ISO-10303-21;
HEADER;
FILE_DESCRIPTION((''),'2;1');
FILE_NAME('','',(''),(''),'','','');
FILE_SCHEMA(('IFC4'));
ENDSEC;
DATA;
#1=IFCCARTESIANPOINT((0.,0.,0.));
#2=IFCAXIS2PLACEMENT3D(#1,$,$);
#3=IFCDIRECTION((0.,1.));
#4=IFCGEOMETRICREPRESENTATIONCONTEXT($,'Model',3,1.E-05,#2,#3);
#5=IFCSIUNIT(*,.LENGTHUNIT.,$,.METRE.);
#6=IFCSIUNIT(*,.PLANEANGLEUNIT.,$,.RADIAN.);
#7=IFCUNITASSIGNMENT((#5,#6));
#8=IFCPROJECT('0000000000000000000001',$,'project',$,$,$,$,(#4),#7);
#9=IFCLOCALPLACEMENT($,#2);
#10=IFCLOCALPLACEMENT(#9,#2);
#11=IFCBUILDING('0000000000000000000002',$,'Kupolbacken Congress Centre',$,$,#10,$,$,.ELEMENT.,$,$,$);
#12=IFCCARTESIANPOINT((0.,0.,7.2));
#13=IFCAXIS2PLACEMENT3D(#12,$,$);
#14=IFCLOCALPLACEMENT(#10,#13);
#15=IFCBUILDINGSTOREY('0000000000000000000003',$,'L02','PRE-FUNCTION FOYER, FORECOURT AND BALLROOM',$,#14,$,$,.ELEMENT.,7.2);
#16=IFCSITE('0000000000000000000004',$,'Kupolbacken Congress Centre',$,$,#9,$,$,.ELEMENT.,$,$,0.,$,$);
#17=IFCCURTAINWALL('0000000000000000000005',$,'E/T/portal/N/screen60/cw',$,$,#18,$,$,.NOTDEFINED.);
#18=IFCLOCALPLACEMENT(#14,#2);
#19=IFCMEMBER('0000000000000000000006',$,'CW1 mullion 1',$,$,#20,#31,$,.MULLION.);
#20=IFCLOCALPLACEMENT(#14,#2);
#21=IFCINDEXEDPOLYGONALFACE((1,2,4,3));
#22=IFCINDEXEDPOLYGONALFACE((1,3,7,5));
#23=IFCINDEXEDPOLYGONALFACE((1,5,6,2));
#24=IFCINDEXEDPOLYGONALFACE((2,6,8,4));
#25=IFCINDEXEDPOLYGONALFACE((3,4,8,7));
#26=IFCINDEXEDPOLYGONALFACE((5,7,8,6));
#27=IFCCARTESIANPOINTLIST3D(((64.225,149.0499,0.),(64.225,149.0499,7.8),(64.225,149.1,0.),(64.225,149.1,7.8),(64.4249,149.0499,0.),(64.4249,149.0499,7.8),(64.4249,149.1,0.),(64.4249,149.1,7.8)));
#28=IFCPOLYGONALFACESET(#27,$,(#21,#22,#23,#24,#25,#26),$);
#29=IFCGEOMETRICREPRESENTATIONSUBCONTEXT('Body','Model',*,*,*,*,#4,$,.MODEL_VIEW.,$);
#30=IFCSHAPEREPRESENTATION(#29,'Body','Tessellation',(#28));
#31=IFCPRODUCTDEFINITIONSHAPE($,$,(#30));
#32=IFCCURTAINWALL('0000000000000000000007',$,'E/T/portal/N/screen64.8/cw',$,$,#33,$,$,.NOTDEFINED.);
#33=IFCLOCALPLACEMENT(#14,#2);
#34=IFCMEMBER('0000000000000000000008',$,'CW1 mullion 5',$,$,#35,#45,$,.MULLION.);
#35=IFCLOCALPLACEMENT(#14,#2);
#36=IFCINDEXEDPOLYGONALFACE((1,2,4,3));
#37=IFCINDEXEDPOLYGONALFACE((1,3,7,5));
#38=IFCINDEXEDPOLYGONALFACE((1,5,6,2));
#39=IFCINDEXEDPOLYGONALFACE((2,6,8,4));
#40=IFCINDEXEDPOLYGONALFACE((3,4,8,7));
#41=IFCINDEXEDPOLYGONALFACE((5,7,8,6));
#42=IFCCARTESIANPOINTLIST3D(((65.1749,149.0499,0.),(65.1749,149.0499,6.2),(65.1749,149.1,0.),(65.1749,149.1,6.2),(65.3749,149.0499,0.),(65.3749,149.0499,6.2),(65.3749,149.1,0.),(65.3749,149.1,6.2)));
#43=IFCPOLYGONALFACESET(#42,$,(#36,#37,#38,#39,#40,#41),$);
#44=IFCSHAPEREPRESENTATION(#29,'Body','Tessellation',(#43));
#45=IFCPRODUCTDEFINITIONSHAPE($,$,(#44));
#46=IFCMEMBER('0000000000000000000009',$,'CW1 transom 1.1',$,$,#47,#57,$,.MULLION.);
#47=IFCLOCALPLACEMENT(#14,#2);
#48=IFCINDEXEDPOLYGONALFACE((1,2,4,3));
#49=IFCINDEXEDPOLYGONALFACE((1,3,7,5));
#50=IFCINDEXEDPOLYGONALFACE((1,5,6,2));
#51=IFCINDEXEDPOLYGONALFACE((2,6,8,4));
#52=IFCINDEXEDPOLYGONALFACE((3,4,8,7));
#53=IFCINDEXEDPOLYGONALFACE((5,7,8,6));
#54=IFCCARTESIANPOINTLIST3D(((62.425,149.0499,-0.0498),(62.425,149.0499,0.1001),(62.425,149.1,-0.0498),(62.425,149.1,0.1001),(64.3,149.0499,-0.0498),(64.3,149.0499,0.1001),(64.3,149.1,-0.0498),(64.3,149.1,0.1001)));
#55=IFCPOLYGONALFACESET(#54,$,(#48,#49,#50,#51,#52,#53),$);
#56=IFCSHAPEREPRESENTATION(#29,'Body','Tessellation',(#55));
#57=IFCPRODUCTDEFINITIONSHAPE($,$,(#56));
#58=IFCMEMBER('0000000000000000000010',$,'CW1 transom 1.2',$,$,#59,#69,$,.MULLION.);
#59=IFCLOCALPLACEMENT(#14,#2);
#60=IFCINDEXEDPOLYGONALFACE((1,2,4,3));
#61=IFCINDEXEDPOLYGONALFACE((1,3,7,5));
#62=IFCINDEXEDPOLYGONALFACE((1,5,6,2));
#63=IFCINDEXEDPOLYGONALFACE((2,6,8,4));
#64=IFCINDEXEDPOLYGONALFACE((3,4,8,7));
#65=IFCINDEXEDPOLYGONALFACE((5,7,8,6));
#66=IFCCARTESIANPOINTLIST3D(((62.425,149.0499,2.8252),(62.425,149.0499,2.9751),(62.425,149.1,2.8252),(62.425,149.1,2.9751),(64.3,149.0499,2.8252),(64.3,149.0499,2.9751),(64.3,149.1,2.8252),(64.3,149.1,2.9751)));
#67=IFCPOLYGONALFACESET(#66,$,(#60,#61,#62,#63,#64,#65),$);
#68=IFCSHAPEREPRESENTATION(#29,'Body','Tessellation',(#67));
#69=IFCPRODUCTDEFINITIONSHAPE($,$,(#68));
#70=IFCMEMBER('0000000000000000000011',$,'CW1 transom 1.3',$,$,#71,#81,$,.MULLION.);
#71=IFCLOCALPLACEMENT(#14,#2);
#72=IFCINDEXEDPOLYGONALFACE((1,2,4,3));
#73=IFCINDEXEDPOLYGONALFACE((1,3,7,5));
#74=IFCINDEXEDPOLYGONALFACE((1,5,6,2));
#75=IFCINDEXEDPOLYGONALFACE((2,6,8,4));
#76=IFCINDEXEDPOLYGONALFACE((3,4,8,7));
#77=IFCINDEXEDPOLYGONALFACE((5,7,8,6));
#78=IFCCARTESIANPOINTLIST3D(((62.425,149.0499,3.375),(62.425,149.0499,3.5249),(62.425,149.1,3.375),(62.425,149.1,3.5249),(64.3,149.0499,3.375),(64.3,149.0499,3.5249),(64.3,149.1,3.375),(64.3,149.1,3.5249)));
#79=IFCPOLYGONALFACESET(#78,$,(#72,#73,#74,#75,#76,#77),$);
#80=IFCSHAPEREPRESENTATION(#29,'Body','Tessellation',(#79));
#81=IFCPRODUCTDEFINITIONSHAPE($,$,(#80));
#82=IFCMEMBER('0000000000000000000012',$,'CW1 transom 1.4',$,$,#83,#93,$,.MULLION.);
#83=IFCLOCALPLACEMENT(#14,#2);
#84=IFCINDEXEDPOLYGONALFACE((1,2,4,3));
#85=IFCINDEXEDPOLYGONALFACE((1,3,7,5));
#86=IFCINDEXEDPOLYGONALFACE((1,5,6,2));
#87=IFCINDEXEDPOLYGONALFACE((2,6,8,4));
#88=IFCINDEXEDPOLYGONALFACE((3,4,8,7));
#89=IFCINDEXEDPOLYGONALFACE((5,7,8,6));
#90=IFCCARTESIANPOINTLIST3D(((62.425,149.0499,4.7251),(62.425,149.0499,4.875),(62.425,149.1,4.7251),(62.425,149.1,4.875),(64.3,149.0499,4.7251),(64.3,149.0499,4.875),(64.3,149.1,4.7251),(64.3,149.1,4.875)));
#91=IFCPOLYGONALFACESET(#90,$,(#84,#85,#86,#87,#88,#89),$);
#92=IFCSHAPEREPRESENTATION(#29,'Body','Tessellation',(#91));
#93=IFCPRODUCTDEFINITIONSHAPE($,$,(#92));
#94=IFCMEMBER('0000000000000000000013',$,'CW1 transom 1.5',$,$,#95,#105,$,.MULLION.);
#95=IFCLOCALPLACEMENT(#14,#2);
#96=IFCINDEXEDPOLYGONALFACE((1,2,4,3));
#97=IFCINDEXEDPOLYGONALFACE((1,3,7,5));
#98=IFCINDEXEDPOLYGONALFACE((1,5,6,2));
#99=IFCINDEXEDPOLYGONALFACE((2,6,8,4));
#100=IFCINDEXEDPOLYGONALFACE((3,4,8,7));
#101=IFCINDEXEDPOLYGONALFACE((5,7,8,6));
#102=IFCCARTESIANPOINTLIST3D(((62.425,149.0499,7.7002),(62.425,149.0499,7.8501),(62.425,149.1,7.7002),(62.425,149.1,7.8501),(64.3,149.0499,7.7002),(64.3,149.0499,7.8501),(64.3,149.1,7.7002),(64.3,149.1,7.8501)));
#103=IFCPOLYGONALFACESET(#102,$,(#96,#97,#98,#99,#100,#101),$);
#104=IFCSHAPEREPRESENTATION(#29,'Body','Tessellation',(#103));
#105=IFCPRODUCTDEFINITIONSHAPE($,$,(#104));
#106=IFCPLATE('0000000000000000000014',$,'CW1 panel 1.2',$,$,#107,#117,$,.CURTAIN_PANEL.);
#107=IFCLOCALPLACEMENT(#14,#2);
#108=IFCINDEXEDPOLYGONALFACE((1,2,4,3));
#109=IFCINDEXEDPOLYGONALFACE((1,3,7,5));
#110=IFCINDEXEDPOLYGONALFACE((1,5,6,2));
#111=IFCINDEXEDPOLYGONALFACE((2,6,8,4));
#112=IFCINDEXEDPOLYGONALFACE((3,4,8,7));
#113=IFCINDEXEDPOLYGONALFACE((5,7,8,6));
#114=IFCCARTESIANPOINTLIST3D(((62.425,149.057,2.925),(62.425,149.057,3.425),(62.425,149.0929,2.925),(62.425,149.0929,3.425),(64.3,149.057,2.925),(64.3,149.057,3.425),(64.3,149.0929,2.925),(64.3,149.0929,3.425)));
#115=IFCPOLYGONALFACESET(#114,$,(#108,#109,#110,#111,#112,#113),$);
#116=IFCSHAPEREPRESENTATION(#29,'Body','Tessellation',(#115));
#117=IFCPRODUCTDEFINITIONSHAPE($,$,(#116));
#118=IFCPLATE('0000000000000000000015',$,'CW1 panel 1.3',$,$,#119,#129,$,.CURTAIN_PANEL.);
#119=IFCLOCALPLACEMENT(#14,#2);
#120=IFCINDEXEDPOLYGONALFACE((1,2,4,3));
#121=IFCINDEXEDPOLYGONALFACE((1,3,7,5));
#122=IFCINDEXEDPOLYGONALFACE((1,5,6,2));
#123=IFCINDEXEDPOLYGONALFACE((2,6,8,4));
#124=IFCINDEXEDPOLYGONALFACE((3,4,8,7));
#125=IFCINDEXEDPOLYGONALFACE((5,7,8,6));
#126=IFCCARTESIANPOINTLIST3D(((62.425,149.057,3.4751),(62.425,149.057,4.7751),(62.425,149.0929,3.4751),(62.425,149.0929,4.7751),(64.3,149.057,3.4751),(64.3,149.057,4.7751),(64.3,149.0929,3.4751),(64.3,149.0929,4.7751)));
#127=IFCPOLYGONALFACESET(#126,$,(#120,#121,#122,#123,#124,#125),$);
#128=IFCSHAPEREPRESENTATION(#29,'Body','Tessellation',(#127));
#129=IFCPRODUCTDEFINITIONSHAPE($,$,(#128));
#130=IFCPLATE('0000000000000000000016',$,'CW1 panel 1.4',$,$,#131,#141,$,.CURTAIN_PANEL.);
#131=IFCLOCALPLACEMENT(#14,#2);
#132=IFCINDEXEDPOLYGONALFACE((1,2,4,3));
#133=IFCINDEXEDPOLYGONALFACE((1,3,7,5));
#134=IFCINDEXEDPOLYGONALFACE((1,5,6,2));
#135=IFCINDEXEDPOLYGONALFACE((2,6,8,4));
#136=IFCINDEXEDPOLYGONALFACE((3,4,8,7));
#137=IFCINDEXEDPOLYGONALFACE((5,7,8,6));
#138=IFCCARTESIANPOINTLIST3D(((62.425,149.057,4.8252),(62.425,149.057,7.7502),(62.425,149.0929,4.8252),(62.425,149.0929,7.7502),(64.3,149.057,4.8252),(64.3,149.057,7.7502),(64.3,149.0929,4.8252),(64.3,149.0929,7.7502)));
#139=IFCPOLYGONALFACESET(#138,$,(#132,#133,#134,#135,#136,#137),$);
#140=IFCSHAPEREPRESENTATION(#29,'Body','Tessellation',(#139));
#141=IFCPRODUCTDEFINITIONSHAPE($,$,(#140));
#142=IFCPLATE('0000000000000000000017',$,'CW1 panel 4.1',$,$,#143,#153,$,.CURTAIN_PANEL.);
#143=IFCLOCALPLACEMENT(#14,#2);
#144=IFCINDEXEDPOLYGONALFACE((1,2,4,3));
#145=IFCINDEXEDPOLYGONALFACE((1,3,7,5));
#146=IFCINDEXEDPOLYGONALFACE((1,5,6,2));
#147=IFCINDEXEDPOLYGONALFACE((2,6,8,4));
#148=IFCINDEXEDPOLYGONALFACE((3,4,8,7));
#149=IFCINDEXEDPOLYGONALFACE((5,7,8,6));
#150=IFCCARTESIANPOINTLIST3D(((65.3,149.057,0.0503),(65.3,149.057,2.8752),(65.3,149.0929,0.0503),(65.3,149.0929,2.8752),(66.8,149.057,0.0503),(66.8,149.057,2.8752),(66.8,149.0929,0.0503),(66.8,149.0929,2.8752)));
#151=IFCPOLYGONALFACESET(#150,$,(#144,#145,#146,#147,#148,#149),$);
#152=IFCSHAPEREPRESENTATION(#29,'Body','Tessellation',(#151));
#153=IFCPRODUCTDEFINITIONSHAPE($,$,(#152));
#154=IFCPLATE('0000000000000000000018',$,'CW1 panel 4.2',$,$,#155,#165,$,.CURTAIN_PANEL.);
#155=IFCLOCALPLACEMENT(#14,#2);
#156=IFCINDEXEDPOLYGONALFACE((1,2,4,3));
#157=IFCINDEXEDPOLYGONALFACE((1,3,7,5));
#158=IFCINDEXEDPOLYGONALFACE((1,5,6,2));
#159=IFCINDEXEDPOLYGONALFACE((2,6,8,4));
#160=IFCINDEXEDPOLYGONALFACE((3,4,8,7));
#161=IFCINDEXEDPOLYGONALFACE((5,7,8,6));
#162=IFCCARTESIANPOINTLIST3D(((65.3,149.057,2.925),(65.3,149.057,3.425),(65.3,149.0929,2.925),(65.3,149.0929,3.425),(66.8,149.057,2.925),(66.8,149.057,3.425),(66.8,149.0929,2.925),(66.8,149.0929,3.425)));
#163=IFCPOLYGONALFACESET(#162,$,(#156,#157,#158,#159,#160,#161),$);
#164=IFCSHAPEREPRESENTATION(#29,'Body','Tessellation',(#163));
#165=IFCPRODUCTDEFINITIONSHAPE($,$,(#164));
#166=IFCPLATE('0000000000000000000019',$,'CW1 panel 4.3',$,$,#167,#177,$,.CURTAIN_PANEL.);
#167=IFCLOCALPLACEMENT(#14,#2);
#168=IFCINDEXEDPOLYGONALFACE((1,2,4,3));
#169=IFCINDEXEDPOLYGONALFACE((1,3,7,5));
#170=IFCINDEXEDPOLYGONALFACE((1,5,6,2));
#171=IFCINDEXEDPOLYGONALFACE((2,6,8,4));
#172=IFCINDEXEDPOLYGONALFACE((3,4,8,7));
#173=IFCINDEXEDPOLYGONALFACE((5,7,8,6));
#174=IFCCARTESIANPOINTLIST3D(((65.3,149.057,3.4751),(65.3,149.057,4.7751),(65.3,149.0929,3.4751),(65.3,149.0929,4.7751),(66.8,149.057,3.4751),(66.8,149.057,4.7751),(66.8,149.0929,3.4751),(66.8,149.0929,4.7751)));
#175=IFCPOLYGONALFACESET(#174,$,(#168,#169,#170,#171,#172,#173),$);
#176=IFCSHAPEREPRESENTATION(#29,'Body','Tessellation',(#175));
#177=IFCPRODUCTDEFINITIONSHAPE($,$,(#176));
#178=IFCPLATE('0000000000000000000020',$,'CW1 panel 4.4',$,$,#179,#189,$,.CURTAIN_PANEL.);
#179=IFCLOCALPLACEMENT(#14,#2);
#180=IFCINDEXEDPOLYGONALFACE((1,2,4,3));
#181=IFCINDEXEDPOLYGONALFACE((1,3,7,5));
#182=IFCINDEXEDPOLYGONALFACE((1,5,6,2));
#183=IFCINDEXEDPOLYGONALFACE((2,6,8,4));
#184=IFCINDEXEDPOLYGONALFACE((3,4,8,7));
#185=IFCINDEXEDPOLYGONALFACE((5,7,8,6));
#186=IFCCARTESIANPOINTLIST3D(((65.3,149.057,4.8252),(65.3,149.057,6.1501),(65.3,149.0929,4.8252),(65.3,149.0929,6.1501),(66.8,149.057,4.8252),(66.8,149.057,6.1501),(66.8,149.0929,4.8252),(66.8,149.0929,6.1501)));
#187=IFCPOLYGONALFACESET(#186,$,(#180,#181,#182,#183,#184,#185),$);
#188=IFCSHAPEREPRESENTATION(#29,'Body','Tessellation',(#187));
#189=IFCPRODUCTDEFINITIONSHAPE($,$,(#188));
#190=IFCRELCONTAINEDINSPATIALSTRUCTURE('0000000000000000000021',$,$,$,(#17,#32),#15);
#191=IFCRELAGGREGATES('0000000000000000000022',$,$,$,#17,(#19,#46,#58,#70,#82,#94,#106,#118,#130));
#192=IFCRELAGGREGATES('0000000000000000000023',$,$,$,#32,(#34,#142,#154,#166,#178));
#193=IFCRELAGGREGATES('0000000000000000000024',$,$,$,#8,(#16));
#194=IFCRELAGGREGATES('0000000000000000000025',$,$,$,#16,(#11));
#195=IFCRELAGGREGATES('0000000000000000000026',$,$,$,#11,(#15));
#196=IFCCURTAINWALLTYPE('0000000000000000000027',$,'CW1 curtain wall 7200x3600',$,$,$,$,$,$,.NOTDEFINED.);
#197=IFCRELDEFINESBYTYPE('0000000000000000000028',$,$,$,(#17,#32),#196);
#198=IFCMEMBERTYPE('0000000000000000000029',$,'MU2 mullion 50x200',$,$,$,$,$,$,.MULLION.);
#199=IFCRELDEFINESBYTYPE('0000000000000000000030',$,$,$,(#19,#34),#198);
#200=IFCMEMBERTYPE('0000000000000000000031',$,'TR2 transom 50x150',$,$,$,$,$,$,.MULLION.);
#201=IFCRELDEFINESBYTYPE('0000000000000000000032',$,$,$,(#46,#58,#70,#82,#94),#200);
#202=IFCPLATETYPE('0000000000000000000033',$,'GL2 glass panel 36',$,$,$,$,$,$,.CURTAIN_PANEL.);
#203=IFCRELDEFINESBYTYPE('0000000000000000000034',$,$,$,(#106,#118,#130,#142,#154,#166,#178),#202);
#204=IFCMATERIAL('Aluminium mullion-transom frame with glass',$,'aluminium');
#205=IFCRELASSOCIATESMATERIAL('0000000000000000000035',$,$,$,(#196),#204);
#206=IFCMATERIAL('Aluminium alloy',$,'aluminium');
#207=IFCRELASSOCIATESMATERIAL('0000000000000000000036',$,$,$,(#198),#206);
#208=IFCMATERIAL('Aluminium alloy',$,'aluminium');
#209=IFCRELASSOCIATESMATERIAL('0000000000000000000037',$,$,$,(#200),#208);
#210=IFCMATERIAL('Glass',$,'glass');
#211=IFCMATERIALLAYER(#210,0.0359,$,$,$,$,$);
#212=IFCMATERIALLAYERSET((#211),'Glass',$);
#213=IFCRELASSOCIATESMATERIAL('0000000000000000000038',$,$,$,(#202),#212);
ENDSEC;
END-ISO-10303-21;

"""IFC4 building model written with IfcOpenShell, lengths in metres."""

from ifc_helpers import new_model, si_unit, direction, frame, origin, origin_2d, place, context, subcontext, project, spatial, rectangle, extrude, material, layer, layer_set, material_profile, profile_set, type_object, element, aggregate, save


model = new_model("IFC4")

# Units and contexts
model_context = context("Model", 3, precision=1e-05, world=origin(), true_north=direction((0.0, 1.0)))
body_context = subcontext(model_context, "Body", "Model", "MODEL_VIEW")
ifc_project = project(units=[si_unit("LENGTHUNIT", "METRE"), si_unit("PLANEANGLEUNIT", "RADIAN")], contexts=[model_context])

# Site, building, storey
site_placement = place(None, origin())
site = spatial("IfcSite", under=ifc_project, at=site_placement, Name="Kupolbacken Congress Centre", CompositionType="ELEMENT", RefElevation=0.0)
building_placement = place(site_placement, origin())
building = spatial("IfcBuilding", under=site, at=building_placement, Name="Kupolbacken Congress Centre", CompositionType="ELEMENT")
storey_placement = place(building_placement, frame((0.0, 0.0, 7.2)))
storey = spatial("IfcBuildingStorey", under=building, at=storey_placement, Name="L02", Description="PRE-FUNCTION FOYER, FORECOURT AND BALLROOM", CompositionType="ELEMENT", Elevation=7.2)

# Curtain walls, members
ifc_material_1 = material(Name="Aluminium mullion-transom frame with glass", Category="aluminium")
curtain_wall_type = type_object("IfcCurtainWallType", Name="CW1 curtain wall 7200x3600", PredefinedType="NOTDEFINED", material=ifc_material_1)
curtain_wall_1_placement = place(storey_placement, origin())
curtain_wall_1 = element("IfcCurtainWall", 1, at=curtain_wall_1_placement, inside=storey, type_object=curtain_wall_type, Name="E/T/portal/N/screen60/cw", PredefinedType="NOTDEFINED")
ifc_material_2 = material(Name="Aluminium alloy", Category="aluminium")
ifc_material_profile_1 = material_profile(ifc_material_2, rectangle(XDim=0.05, YDim=0.2, at=origin_2d()), Name="50 x 200")
ifc_profile_set_1 = profile_set([ifc_material_profile_1], Name="Aluminium alloy")
member_type_1 = type_object("IfcMemberType", Name="MU2 mullion 50x200", PredefinedType="MULLION", material=ifc_profile_set_1)
member_1_placement = place(storey_placement, frame((64.325, 149.075, 0.0), z_axis=(0.0, 0.0, 1.0), x_axis=(0.0, -1.0, 0.0)))
member_1 = element("IfcMember", 2, at=member_1_placement, type_object=member_type_1, Name="CW1 mullion 1", PredefinedType="MULLION", context=body_context, shape_type="SweptSolid", body=[
    extrude(rectangle(XDim=0.05, YDim=0.2, at=origin_2d()), origin(), (0.0, 0.0, 1.0), 7.8),
])
curtain_wall_2_placement = place(storey_placement, origin())
curtain_wall_2 = element("IfcCurtainWall", 3, at=curtain_wall_2_placement, inside=storey, type_object=curtain_wall_type, Name="E/T/portal/N/screen64.8/cw", PredefinedType="NOTDEFINED")
member_2_placement = place(storey_placement, frame((65.2749, 149.075, 0.0), z_axis=(0.0, 0.0, 1.0), x_axis=(0.0, -1.0, 0.0)))
member_2 = element("IfcMember", 4, at=member_2_placement, type_object=member_type_1, Name="CW1 mullion 5", PredefinedType="MULLION", context=body_context, shape_type="SweptSolid", body=[
    extrude(rectangle(XDim=0.05, YDim=0.2, at=origin_2d()), origin(), (0.0, 0.0, 1.0), 6.2),
])

# Members
ifc_material_3 = material(Name="Aluminium alloy", Category="aluminium")
ifc_material_profile_2 = material_profile(ifc_material_3, rectangle(XDim=0.05, YDim=0.1499, at=origin_2d()), Name="50 x 150")
ifc_profile_set_2 = profile_set([ifc_material_profile_2], Name="Aluminium alloy")
member_type_2 = type_object("IfcMemberType", Name="TR2 transom 50x150", PredefinedType="MULLION", material=ifc_profile_set_2)
member_3_placement = place(storey_placement, frame((64.3, 149.075, 0.0251), z_axis=(-1.0, 0.0, 0.0), x_axis=(0.0, -1.0, 0.0)))
member_3 = element("IfcMember", 5, at=member_3_placement, type_object=member_type_2, Name="CW1 transom 1.1", PredefinedType="MULLION", context=body_context, shape_type="SweptSolid", body=[
    extrude(rectangle(XDim=0.05, YDim=0.1499, at=origin_2d()), origin(), (0.0, 0.0, 1.0), 1.875),
])
member_4_placement = place(storey_placement, frame((64.3, 149.075, 2.9001), z_axis=(-1.0, 0.0, 0.0), x_axis=(0.0, -1.0, 0.0)))
member_4 = element("IfcMember", 6, at=member_4_placement, type_object=member_type_2, Name="CW1 transom 1.2", PredefinedType="MULLION", context=body_context, shape_type="SweptSolid", body=[
    extrude(rectangle(XDim=0.05, YDim=0.1499, at=origin_2d()), origin(), (0.0, 0.0, 1.0), 1.875),
])
member_5_placement = place(storey_placement, frame((64.3, 149.075, 3.45), z_axis=(-1.0, 0.0, 0.0), x_axis=(0.0, -1.0, 0.0)))
member_5 = element("IfcMember", 7, at=member_5_placement, type_object=member_type_2, Name="CW1 transom 1.3", PredefinedType="MULLION", context=body_context, shape_type="SweptSolid", body=[
    extrude(rectangle(XDim=0.05, YDim=0.1499, at=origin_2d()), origin(), (0.0, 0.0, 1.0), 1.875),
])
member_6_placement = place(storey_placement, frame((64.3, 149.075, 4.8), z_axis=(-1.0, 0.0, 0.0), x_axis=(0.0, -1.0, 0.0)))
member_6 = element("IfcMember", 8, at=member_6_placement, type_object=member_type_2, Name="CW1 transom 1.4", PredefinedType="MULLION", context=body_context, shape_type="SweptSolid", body=[
    extrude(rectangle(XDim=0.05, YDim=0.1499, at=origin_2d()), origin(), (0.0, 0.0, 1.0), 1.875),
])
member_7_placement = place(storey_placement, frame((64.3, 149.075, 7.7751), z_axis=(-1.0, 0.0, 0.0), x_axis=(0.0, -1.0, 0.0)))
member_7 = element("IfcMember", 9, at=member_7_placement, type_object=member_type_2, Name="CW1 transom 1.5", PredefinedType="MULLION", context=body_context, shape_type="SweptSolid", body=[
    extrude(rectangle(XDim=0.05, YDim=0.1499, at=origin_2d()), origin(), (0.0, 0.0, 1.0), 1.875),
])

# Plates
ifc_material_4 = material(Name="Glass", Category="glass")
ifc_layer_1 = layer(ifc_material_4, 0.0359)
ifc_layer_set_1 = layer_set([ifc_layer_1], Name="Glass")
plate_type = type_object("IfcPlateType", Name="GL2 glass panel 36", PredefinedType="CURTAIN_PANEL", material=ifc_layer_set_1)
plate_1_placement = place(storey_placement, frame((63.3625, 149.075, 2.925), z_axis=(0.0, 0.0, 1.0), x_axis=(-1.0, 0.0, 0.0)))
plate_1 = element("IfcPlate", 10, at=plate_1_placement, type_object=plate_type, Name="CW1 panel 1.2", PredefinedType="CURTAIN_PANEL", context=body_context, shape_type="SweptSolid", body=[
    extrude(rectangle(XDim=1.875, YDim=0.0359, at=origin_2d()), origin(), (0.0, 0.0, 1.0), 0.5),
])
plate_2_placement = place(storey_placement, frame((63.3625, 149.075, 3.4751), z_axis=(0.0, 0.0, 1.0), x_axis=(-1.0, 0.0, 0.0)))
plate_2 = element("IfcPlate", 11, at=plate_2_placement, type_object=plate_type, Name="CW1 panel 1.3", PredefinedType="CURTAIN_PANEL", context=body_context, shape_type="SweptSolid", body=[
    extrude(rectangle(XDim=1.875, YDim=0.0359, at=origin_2d()), origin(), (0.0, 0.0, 1.0), 1.3),
])
plate_3_placement = place(storey_placement, frame((63.3625, 149.075, 4.8252), z_axis=(0.0, 0.0, 1.0), x_axis=(-1.0, 0.0, 0.0)))
plate_3 = element("IfcPlate", 12, at=plate_3_placement, type_object=plate_type, Name="CW1 panel 1.4", PredefinedType="CURTAIN_PANEL", context=body_context, shape_type="SweptSolid", body=[
    extrude(rectangle(XDim=1.875, YDim=0.0359, at=origin_2d()), origin(), (0.0, 0.0, 1.0), 2.925),
])
aggregate(curtain_wall_1, [member_1, member_3, member_4, member_5, member_6, member_7, plate_1, plate_2, plate_3])
plate_4_placement = place(storey_placement, frame((66.05, 149.075, 0.0503), z_axis=(0.0, 0.0, 1.0), x_axis=(-1.0, 0.0, 0.0)))
plate_4 = element("IfcPlate", 13, at=plate_4_placement, type_object=plate_type, Name="CW1 panel 4.1", PredefinedType="CURTAIN_PANEL", context=body_context, shape_type="SweptSolid", body=[
    extrude(rectangle(XDim=1.5, YDim=0.0359, at=origin_2d()), origin(), (0.0, 0.0, 1.0), 2.825),
])
plate_5_placement = place(storey_placement, frame((66.05, 149.075, 2.925), z_axis=(0.0, 0.0, 1.0), x_axis=(-1.0, 0.0, 0.0)))
plate_5 = element("IfcPlate", 14, at=plate_5_placement, type_object=plate_type, Name="CW1 panel 4.2", PredefinedType="CURTAIN_PANEL", context=body_context, shape_type="SweptSolid", body=[
    extrude(rectangle(XDim=1.5, YDim=0.0359, at=origin_2d()), origin(), (0.0, 0.0, 1.0), 0.5),
])
plate_6_placement = place(storey_placement, frame((66.05, 149.075, 3.4751), z_axis=(0.0, 0.0, 1.0), x_axis=(-1.0, 0.0, 0.0)))
plate_6 = element("IfcPlate", 15, at=plate_6_placement, type_object=plate_type, Name="CW1 panel 4.3", PredefinedType="CURTAIN_PANEL", context=body_context, shape_type="SweptSolid", body=[
    extrude(rectangle(XDim=1.5, YDim=0.0359, at=origin_2d()), origin(), (0.0, 0.0, 1.0), 1.3),
])
plate_7_placement = place(storey_placement, frame((66.05, 149.075, 4.8252), z_axis=(0.0, 0.0, 1.0), x_axis=(-1.0, 0.0, 0.0)))
plate_7 = element("IfcPlate", 16, at=plate_7_placement, type_object=plate_type, Name="CW1 panel 4.4", PredefinedType="CURTAIN_PANEL", context=body_context, shape_type="SweptSolid", body=[
    extrude(rectangle(XDim=1.5, YDim=0.0359, at=origin_2d()), origin(), (0.0, 0.0, 1.0), 1.325),
])
aggregate(curtain_wall_2, [member_2, plate_4, plate_5, plate_6, plate_7])

save(model, "model.ifc")
